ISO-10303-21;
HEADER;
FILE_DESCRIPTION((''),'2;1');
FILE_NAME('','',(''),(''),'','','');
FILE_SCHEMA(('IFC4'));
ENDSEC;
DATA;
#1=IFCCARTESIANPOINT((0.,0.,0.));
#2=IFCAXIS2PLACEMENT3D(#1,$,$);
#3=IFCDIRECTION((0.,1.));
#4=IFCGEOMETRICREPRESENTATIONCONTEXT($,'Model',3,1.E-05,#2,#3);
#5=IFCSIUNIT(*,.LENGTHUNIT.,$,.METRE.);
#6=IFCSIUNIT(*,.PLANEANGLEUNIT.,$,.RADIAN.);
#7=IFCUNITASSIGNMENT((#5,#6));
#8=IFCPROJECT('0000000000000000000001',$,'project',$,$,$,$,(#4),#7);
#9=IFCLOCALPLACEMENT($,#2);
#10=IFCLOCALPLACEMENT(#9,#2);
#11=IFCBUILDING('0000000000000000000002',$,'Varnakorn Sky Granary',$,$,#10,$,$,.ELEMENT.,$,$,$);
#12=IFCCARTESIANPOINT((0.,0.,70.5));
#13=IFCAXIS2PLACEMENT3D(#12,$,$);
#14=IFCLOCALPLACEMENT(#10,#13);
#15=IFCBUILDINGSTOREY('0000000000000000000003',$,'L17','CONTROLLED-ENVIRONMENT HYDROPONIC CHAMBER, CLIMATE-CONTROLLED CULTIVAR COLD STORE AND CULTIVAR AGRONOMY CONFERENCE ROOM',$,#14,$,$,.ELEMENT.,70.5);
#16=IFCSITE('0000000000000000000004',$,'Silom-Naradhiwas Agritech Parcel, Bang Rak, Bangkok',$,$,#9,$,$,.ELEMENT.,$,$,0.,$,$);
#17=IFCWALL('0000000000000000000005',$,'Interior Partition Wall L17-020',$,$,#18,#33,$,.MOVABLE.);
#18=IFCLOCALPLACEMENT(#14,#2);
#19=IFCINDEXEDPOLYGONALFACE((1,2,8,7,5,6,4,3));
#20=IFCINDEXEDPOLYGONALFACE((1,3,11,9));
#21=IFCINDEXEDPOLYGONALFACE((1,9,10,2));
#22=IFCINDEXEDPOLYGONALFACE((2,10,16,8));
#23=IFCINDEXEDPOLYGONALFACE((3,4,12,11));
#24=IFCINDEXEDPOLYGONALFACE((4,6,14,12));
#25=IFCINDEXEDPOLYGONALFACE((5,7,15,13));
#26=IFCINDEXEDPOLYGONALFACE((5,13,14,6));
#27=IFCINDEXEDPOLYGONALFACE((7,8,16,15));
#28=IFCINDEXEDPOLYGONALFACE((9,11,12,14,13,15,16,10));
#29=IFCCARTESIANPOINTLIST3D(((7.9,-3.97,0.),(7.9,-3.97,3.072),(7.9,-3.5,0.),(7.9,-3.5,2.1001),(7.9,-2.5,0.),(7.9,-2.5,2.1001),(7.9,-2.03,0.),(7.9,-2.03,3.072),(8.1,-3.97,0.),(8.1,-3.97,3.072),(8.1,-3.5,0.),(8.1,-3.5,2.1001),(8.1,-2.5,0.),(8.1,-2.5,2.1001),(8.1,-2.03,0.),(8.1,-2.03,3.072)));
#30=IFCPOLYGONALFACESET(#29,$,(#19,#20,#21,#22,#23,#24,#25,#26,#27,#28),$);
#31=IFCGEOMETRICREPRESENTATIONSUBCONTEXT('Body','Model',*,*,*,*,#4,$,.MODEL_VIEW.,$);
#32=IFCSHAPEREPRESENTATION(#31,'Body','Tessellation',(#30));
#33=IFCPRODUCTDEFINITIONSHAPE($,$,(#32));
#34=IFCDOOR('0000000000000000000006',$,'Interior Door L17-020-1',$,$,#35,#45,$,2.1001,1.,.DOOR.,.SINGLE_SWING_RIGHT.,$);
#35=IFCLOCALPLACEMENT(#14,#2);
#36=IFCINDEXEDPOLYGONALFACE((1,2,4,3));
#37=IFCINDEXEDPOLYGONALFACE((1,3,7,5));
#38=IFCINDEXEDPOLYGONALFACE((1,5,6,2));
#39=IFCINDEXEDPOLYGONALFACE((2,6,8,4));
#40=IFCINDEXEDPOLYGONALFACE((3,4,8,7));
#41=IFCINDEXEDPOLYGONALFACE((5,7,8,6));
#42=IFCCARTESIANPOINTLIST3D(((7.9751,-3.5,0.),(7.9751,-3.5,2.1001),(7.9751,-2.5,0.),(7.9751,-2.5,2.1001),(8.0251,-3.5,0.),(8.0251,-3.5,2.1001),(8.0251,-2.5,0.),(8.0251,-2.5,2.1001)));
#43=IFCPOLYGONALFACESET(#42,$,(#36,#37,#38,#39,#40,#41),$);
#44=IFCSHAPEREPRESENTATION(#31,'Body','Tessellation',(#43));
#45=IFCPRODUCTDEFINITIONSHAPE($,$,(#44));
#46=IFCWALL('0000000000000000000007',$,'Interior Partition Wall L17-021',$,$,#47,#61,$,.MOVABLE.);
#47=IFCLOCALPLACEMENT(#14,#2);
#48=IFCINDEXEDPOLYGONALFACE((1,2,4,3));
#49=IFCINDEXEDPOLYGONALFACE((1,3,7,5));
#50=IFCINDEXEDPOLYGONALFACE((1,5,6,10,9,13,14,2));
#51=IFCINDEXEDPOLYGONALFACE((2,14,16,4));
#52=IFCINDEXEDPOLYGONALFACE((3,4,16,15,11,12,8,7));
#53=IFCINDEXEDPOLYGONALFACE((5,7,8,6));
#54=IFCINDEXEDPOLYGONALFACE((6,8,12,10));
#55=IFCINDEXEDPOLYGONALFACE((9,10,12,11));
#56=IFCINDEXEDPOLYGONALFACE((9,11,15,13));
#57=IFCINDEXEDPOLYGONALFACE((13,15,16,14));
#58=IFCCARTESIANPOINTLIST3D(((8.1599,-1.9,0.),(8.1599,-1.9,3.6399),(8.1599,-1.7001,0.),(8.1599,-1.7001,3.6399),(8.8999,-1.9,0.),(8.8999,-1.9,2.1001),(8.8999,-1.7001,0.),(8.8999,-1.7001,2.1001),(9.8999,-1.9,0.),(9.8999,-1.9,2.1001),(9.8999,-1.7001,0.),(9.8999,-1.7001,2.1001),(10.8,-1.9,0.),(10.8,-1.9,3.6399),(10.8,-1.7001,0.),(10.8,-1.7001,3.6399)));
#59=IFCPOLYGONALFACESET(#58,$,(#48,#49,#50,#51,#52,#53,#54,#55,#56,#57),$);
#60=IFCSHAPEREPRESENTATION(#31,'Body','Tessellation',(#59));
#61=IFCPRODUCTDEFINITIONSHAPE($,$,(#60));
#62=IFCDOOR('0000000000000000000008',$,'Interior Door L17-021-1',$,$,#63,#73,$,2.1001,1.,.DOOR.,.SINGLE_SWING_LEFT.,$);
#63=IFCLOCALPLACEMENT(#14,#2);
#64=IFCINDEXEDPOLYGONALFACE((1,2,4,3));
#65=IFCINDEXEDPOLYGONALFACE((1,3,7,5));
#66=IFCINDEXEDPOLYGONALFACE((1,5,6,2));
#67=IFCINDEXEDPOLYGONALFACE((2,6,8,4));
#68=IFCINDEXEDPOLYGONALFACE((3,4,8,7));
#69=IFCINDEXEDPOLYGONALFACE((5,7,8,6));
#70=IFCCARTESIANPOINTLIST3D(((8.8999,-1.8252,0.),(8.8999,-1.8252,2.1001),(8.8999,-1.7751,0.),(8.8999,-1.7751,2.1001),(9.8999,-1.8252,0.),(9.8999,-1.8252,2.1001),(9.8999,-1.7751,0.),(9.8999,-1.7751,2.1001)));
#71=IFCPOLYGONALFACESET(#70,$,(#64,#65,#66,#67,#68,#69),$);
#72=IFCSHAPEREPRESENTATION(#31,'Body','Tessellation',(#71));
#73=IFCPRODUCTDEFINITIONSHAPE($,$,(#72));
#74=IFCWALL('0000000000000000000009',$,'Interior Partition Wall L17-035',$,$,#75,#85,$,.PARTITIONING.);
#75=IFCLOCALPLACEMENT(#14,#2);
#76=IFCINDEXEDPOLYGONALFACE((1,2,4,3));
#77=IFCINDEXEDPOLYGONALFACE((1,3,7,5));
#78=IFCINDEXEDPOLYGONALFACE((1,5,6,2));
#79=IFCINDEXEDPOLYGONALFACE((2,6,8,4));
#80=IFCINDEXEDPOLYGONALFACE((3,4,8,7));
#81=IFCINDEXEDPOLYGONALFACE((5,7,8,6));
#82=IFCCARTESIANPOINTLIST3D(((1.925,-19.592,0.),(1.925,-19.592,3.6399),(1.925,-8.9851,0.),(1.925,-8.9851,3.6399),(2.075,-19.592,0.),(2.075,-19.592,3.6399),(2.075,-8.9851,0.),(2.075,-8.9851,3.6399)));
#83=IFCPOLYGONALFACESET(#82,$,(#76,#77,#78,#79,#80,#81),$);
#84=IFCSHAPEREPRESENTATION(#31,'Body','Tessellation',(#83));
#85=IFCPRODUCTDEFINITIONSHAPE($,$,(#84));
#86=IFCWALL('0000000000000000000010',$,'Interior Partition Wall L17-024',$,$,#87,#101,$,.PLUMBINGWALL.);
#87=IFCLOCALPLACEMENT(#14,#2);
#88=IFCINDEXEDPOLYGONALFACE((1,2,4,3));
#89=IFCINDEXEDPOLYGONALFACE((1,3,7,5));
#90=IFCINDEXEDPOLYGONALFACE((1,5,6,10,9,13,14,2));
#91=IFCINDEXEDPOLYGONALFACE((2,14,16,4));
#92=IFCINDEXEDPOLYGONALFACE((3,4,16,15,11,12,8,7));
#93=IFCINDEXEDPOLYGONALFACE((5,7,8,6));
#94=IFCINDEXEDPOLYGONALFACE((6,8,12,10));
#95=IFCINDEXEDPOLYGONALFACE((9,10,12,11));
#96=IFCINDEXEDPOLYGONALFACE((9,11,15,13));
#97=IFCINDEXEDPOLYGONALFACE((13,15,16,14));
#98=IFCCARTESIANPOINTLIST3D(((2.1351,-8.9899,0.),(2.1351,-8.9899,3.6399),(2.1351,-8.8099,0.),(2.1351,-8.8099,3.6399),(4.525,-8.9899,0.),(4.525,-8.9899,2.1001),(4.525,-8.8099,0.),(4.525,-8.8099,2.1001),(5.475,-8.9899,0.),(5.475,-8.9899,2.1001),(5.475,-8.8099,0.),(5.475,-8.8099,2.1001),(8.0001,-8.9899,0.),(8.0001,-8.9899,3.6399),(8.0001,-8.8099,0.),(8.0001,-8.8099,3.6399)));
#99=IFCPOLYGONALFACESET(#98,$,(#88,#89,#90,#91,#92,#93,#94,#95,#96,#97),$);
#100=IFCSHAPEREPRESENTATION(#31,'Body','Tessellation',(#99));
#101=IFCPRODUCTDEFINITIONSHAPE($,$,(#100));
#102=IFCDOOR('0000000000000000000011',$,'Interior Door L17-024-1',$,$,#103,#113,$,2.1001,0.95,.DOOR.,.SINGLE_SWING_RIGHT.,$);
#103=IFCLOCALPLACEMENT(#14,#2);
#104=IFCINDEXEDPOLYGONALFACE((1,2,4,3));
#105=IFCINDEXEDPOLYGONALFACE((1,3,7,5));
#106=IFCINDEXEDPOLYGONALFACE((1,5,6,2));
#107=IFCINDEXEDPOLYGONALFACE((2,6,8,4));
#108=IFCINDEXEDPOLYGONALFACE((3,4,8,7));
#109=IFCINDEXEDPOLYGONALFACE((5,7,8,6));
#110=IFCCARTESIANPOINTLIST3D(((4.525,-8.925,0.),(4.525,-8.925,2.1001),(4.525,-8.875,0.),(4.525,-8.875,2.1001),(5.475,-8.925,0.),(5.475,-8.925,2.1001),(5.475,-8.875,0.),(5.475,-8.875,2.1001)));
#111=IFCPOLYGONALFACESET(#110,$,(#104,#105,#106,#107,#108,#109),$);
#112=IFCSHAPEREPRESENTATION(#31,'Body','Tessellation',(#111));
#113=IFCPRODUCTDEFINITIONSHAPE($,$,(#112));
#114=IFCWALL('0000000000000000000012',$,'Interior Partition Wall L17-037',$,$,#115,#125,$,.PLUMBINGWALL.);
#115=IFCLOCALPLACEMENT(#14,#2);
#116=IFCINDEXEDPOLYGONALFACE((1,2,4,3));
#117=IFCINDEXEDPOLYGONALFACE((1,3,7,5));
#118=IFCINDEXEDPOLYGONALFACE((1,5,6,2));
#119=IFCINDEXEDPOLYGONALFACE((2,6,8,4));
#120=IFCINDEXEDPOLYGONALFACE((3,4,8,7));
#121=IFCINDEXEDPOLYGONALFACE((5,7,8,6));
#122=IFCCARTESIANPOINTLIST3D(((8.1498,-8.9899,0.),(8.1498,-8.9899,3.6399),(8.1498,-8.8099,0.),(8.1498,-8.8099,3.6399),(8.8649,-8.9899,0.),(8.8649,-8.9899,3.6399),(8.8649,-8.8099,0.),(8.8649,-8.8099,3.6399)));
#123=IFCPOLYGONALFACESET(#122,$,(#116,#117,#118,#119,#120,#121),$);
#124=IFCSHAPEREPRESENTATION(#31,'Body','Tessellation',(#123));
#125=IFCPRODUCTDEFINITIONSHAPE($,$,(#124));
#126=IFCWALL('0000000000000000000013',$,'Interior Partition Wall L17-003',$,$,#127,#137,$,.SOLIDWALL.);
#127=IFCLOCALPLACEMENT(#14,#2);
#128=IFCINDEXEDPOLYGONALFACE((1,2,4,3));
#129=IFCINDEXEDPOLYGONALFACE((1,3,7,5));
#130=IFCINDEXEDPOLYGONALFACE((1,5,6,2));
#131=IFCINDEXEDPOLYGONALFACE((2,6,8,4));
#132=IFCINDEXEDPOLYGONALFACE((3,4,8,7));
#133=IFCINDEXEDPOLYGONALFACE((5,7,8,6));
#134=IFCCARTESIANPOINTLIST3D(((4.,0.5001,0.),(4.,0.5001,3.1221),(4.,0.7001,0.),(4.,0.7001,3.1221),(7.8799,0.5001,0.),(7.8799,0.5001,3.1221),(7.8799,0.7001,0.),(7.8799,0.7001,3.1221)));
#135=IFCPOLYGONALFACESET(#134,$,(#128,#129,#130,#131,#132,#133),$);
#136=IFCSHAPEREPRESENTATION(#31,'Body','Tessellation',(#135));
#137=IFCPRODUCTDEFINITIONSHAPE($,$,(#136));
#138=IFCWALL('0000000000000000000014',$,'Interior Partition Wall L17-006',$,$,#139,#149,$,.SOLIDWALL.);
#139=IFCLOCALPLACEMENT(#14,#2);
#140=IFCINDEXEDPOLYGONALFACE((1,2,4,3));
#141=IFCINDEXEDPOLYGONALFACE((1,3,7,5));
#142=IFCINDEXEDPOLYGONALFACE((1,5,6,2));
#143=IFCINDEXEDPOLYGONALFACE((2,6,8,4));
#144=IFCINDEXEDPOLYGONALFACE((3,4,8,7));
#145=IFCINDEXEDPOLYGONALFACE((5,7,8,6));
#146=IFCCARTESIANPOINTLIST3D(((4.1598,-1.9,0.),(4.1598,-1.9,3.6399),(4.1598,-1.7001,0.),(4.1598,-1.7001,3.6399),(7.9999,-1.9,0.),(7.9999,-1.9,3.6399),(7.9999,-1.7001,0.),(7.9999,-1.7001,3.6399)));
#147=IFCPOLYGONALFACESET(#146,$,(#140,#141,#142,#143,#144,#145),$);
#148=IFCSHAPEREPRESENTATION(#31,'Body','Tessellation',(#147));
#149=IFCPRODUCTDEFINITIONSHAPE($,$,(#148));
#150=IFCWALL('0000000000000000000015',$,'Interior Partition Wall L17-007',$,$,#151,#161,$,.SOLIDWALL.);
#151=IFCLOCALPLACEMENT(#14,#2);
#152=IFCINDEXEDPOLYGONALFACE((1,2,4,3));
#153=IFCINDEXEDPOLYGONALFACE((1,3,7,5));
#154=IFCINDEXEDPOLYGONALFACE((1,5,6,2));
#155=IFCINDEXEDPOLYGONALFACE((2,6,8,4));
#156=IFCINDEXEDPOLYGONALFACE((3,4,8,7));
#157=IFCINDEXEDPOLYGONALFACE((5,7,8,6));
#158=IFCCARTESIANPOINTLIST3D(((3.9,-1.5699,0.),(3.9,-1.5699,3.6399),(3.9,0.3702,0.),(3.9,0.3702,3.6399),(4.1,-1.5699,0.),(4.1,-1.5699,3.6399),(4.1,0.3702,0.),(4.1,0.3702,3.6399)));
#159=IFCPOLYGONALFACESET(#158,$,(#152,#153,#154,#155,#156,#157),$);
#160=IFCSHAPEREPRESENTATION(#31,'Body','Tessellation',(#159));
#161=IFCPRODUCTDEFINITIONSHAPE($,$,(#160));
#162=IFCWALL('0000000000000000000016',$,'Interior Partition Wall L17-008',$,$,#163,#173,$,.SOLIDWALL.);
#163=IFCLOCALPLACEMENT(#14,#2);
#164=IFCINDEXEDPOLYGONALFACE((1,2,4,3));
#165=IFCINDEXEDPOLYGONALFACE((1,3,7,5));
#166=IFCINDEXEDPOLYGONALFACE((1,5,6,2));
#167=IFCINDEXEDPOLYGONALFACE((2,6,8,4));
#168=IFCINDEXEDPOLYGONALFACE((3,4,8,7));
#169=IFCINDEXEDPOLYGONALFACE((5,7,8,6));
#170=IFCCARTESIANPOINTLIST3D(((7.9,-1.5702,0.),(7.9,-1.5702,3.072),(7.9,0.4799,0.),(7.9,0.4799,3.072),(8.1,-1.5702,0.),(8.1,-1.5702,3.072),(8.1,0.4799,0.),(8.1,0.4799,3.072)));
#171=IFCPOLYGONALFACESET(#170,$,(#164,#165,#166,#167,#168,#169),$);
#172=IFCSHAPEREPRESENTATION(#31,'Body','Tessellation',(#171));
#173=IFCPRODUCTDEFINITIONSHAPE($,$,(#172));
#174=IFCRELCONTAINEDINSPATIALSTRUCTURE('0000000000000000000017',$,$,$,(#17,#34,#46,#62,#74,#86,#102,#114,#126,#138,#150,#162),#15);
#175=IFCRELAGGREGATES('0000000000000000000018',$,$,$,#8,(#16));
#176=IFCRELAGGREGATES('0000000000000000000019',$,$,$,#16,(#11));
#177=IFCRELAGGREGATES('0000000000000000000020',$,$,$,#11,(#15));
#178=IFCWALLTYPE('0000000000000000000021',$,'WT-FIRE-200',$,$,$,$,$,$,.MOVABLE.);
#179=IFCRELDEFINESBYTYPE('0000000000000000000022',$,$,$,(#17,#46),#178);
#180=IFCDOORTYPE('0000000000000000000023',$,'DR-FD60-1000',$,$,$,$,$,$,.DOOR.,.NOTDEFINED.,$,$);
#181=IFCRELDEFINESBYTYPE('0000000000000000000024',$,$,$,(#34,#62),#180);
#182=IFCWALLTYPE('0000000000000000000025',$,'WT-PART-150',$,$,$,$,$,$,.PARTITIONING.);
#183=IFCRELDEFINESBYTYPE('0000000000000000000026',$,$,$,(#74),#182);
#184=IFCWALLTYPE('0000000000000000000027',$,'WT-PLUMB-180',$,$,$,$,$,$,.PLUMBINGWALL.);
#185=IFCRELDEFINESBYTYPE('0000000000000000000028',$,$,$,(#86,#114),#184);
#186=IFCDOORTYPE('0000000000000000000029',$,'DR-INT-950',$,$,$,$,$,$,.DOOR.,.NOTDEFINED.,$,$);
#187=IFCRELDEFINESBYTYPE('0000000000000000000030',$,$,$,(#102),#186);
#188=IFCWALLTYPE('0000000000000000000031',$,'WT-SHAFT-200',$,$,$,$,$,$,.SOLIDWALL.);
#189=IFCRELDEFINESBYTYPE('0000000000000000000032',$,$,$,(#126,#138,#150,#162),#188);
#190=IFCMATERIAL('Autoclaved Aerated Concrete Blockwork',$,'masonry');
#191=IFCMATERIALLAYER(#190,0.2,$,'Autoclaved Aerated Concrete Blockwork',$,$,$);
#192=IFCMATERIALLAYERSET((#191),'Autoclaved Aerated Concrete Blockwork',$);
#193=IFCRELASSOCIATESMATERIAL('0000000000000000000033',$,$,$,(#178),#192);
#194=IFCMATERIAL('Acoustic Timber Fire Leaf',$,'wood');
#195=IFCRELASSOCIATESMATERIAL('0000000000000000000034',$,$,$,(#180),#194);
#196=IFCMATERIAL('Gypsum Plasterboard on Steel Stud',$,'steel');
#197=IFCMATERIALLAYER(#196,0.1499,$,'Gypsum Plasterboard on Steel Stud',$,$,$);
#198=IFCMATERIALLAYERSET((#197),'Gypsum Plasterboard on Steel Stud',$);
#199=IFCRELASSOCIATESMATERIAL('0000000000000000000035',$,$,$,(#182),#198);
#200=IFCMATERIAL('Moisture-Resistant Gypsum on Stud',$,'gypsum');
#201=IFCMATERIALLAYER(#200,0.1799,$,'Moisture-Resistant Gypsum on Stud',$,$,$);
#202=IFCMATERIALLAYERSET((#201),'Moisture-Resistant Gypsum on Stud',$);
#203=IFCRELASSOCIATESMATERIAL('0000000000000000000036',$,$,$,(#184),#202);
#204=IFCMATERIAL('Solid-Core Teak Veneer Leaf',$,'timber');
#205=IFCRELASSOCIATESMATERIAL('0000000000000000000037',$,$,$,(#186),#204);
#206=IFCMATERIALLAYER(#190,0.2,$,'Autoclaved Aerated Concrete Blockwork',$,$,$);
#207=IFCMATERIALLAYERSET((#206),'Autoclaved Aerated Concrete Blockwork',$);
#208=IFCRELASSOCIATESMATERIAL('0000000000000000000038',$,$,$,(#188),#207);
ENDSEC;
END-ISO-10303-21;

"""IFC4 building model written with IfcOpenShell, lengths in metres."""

from ifc_helpers import new_model, si_unit, direction, frame, frame_2d, origin, place, context, subcontext, project, spatial, rectangle, extrude, material, layer, layer_set, type_object, element, fill, save


model = new_model("IFC4")

# Units and contexts
model_context = context("Model", 3, precision=1e-05, world=origin(), true_north=direction((0.0, 1.0)))
body_context = subcontext(model_context, "Body", "Model", "MODEL_VIEW")
ifc_project = project(units=[si_unit("LENGTHUNIT", "METRE"), si_unit("PLANEANGLEUNIT", "RADIAN")], contexts=[model_context])

# Site, building, storey
site_placement = place(None, origin())
site = spatial("IfcSite", under=ifc_project, at=site_placement, Name="Silom-Naradhiwas Agritech Parcel, Bang Rak, Bangkok", CompositionType="ELEMENT", RefElevation=0.0)
building_placement = place(site_placement, origin())
building = spatial("IfcBuilding", under=site, at=building_placement, Name="Varnakorn Sky Granary", CompositionType="ELEMENT")
storey_placement = place(building_placement, frame((0.0, 0.0, 70.5)))
storey = spatial("IfcBuildingStorey", under=building, at=storey_placement, Name="L17", Description="CONTROLLED-ENVIRONMENT HYDROPONIC CHAMBER, CLIMATE-CONTROLLED CULTIVAR COLD STORE AND CULTIVAR AGRONOMY CONFERENCE ROOM", CompositionType="ELEMENT", Elevation=70.5)

# Walls, openings, doors
ifc_material_1 = material(Name="Autoclaved Aerated Concrete Blockwork", Category="masonry")
ifc_layer_1 = layer(ifc_material_1, 0.2, Name="Autoclaved Aerated Concrete Blockwork")
ifc_layer_set_1 = layer_set([ifc_layer_1], Name="Autoclaved Aerated Concrete Blockwork")
wall_type_1 = type_object("IfcWallType", Name="WT-FIRE-200", PredefinedType="MOVABLE", material=ifc_layer_set_1)
ifc_material_2 = material(Name="Acoustic Timber Fire Leaf", Category="wood")
door_type_1 = type_object("IfcDoorType", Name="DR-FD60-1000", OperationType="NOTDEFINED", PredefinedType="DOOR", material=ifc_material_2)
wall_1_placement = place(storey_placement, frame((8.0, -3.97, 0.0), z_axis=(0.0, 0.0, 1.0), x_axis=(0.0, 1.0, 0.0)))
wall_1 = element("IfcWall", 1, at=wall_1_placement, inside=storey, type_object=wall_type_1, Name="Interior Partition Wall L17-020", PredefinedType="MOVABLE", context=body_context, shape_type="SweptSolid", body=[
    extrude(rectangle(XDim=1.9399, YDim=0.2, at=frame_2d((0.97, 0.0))), origin(), (0.0, 0.0, 1.0), 3.072),
])
opening_1_placement = place(wall_1_placement, frame((0.47, 0.0, 0.0)))
opening_1 = element("IfcOpeningElement", 2, at=opening_1_placement, cuts=wall_1, PredefinedType="OPENING", context=body_context, shape_type="SweptSolid", body=[
    extrude(rectangle(XDim=1.0, YDim=2.1001, at=frame_2d((0.5, 1.05))), frame((0.0, 0.1099, 0.0), z_axis=(0.0, -1.0, 0.0), x_axis=(1.0, 0.0, 0.0)), (0.0, 0.0, 1.0), 0.22),
])
door_1_placement = place(opening_1_placement, origin())
door_1 = element("IfcDoor", 3, at=door_1_placement, inside=storey, type_object=door_type_1, Name="Interior Door L17-020-1", OperationType="SINGLE_SWING_RIGHT", OverallHeight=2.1001, OverallWidth=1.0, PredefinedType="DOOR", context=body_context, shape_type="SweptSolid", body=[
    extrude(rectangle(XDim=1.0, YDim=2.1001, at=frame_2d((0.5, 1.05))), frame((0.0, 0.0249, 0.0), z_axis=(0.0, -1.0, 0.0), x_axis=(1.0, 0.0, 0.0)), (0.0, 0.0, 1.0), 0.05),
])
fill(opening_1, door_1)
wall_2_placement = place(storey_placement, frame((8.1599, -1.8, 0.0), z_axis=(0.0, 0.0, 1.0), x_axis=(1.0, 0.0, 0.0)))
wall_2 = element("IfcWall", 4, at=wall_2_placement, inside=storey, type_object=wall_type_1, Name="Interior Partition Wall L17-021", PredefinedType="MOVABLE", context=body_context, shape_type="SweptSolid", body=[
    extrude(rectangle(XDim=2.6401, YDim=0.2, at=frame_2d((1.3201, 0.0))), origin(), (0.0, 0.0, 1.0), 3.6399),
])
opening_2_placement = place(wall_2_placement, frame((0.74, 0.0, 0.0)))
opening_2 = element("IfcOpeningElement", 5, at=opening_2_placement, cuts=wall_2, PredefinedType="OPENING", context=body_context, shape_type="SweptSolid", body=[
    extrude(rectangle(XDim=1.0, YDim=2.1001, at=frame_2d((0.5, 1.05))), frame((0.0, 0.1099, 0.0), z_axis=(0.0, -1.0, 0.0), x_axis=(1.0, 0.0, 0.0)), (0.0, 0.0, 1.0), 0.22),
])
door_2_placement = place(opening_2_placement, origin())
door_2 = element("IfcDoor", 6, at=door_2_placement, inside=storey, type_object=door_type_1, Name="Interior Door L17-021-1", OperationType="SINGLE_SWING_LEFT", OverallHeight=2.1001, OverallWidth=1.0, PredefinedType="DOOR", context=body_context, shape_type="SweptSolid", body=[
    extrude(rectangle(XDim=1.0, YDim=2.1001, at=frame_2d((0.5, 1.05))), frame((0.0, 0.0249, 0.0), z_axis=(0.0, -1.0, 0.0), x_axis=(1.0, 0.0, 0.0)), (0.0, 0.0, 1.0), 0.05),
])
fill(opening_2, door_2)

# Wall
ifc_material_3 = material(Name="Gypsum Plasterboard on Steel Stud", Category="steel")
ifc_layer_2 = layer(ifc_material_3, 0.1499, Name="Gypsum Plasterboard on Steel Stud")
ifc_layer_set_2 = layer_set([ifc_layer_2], Name="Gypsum Plasterboard on Steel Stud")
wall_type_2 = type_object("IfcWallType", Name="WT-PART-150", PredefinedType="PARTITIONING", material=ifc_layer_set_2)
wall_3_placement = place(storey_placement, frame((2.0, -8.9851, 0.0), z_axis=(0.0, 0.0, 1.0), x_axis=(0.0, -1.0, 0.0)))
element("IfcWall", 7, at=wall_3_placement, inside=storey, type_object=wall_type_2, Name="Interior Partition Wall L17-035", PredefinedType="PARTITIONING", context=body_context, shape_type="SweptSolid", body=[
    extrude(rectangle(XDim=10.6069, YDim=0.1499, at=frame_2d((5.3035, 0.0))), origin(), (0.0, 0.0, 1.0), 3.6399),
])

# Wall, opening, door
ifc_material_4 = material(Name="Moisture-Resistant Gypsum on Stud", Category="gypsum")
ifc_layer_3 = layer(ifc_material_4, 0.1799, Name="Moisture-Resistant Gypsum on Stud")
ifc_layer_set_3 = layer_set([ifc_layer_3], Name="Moisture-Resistant Gypsum on Stud")
wall_type_3 = type_object("IfcWallType", Name="WT-PLUMB-180", PredefinedType="PLUMBINGWALL", material=ifc_layer_set_3)
wall_4_placement = place(storey_placement, frame((2.135, -8.8999, 0.0), z_axis=(0.0, 0.0, 1.0), x_axis=(1.0, 0.0, 0.0)))
wall_4 = element("IfcWall", 8, at=wall_4_placement, inside=storey, type_object=wall_type_3, Name="Interior Partition Wall L17-024", PredefinedType="PLUMBINGWALL", context=body_context, shape_type="SweptSolid", body=[
    extrude(rectangle(XDim=5.865, YDim=0.1799, at=frame_2d((2.9326, 0.0))), origin(), (0.0, 0.0, 1.0), 3.6399),
])
opening_3_placement = place(wall_4_placement, frame((2.3899, 0.0, 0.0)))
opening_3 = element("IfcOpeningElement", 9, at=opening_3_placement, cuts=wall_4, PredefinedType="OPENING", context=body_context, shape_type="SweptSolid", body=[
    extrude(rectangle(XDim=0.95, YDim=2.1001, at=frame_2d((0.4751, 1.05))), frame((0.0, 0.1001, 0.0), z_axis=(0.0, -1.0, 0.0), x_axis=(1.0, 0.0, 0.0)), (0.0, 0.0, 1.0), 0.2),
])
ifc_material_5 = material(Name="Solid-Core Teak Veneer Leaf", Category="timber")
door_type_2 = type_object("IfcDoorType", Name="DR-INT-950", OperationType="NOTDEFINED", PredefinedType="DOOR", material=ifc_material_5)
door_3_placement = place(opening_3_placement, origin())
door_3 = element("IfcDoor", 10, at=door_3_placement, inside=storey, type_object=door_type_2, Name="Interior Door L17-024-1", OperationType="SINGLE_SWING_RIGHT", OverallHeight=2.1001, OverallWidth=0.95, PredefinedType="DOOR", context=body_context, shape_type="SweptSolid", body=[
    extrude(rectangle(XDim=0.95, YDim=2.1001, at=frame_2d((0.4751, 1.05))), frame((0.0, 0.0249, 0.0), z_axis=(0.0, -1.0, 0.0), x_axis=(1.0, 0.0, 0.0)), (0.0, 0.0, 1.0), 0.05),
])
fill(opening_3, door_3)

# Walls
wall_5_placement = place(storey_placement, frame((8.1499, -8.8999, 0.0), z_axis=(0.0, 0.0, 1.0), x_axis=(1.0, 0.0, 0.0)))
element("IfcWall", 11, at=wall_5_placement, inside=storey, type_object=wall_type_3, Name="Interior Partition Wall L17-037", PredefinedType="PLUMBINGWALL", context=body_context, shape_type="SweptSolid", body=[
    extrude(rectangle(XDim=0.7151, YDim=0.1799, at=frame_2d((0.3574, 0.0))), origin(), (0.0, 0.0, 1.0), 3.6399),
])
ifc_layer_4 = layer(ifc_material_1, 0.2, Name="Autoclaved Aerated Concrete Blockwork")
ifc_layer_set_4 = layer_set([ifc_layer_4], Name="Autoclaved Aerated Concrete Blockwork")
wall_type_4 = type_object("IfcWallType", Name="WT-SHAFT-200", PredefinedType="SOLIDWALL", material=ifc_layer_set_4)
wall_6_placement = place(storey_placement, frame((4.0, 0.6001, 0.0), z_axis=(0.0, 0.0, 1.0), x_axis=(1.0, 0.0, 0.0)))
element("IfcWall", 12, at=wall_6_placement, inside=storey, type_object=wall_type_4, Name="Interior Partition Wall L17-003", PredefinedType="SOLIDWALL", context=body_context, shape_type="SweptSolid", body=[
    extrude(rectangle(XDim=3.8799, YDim=0.2, at=frame_2d((1.9399, 0.0))), origin(), (0.0, 0.0, 1.0), 3.1221),
])
wall_7_placement = place(storey_placement, frame((4.1599, -1.8, 0.0), z_axis=(0.0, 0.0, 1.0), x_axis=(1.0, 0.0, 0.0)))
element("IfcWall", 13, at=wall_7_placement, inside=storey, type_object=wall_type_4, Name="Interior Partition Wall L17-006", PredefinedType="SOLIDWALL", context=body_context, shape_type="SweptSolid", body=[
    extrude(rectangle(XDim=3.8401, YDim=0.2, at=frame_2d((1.9199, 0.0))), origin(), (0.0, 0.0, 1.0), 3.6399),
])
wall_8_placement = place(storey_placement, frame((4.0, -1.5701, 0.0), z_axis=(0.0, 0.0, 1.0), x_axis=(0.0, 1.0, 0.0)))
element("IfcWall", 14, at=wall_8_placement, inside=storey, type_object=wall_type_4, Name="Interior Partition Wall L17-007", PredefinedType="SOLIDWALL", context=body_context, shape_type="SweptSolid", body=[
    extrude(rectangle(XDim=1.9402, YDim=0.2, at=frame_2d((0.9702, 0.0))), origin(), (0.0, 0.0, 1.0), 3.6399),
])
wall_9_placement = place(storey_placement, frame((8.0, -1.5701, 0.0), z_axis=(0.0, 0.0, 1.0), x_axis=(0.0, 1.0, 0.0)))
element("IfcWall", 15, at=wall_9_placement, inside=storey, type_object=wall_type_4, Name="Interior Partition Wall L17-008", PredefinedType="SOLIDWALL", context=body_context, shape_type="SweptSolid", body=[
    extrude(rectangle(XDim=2.05, YDim=0.2, at=frame_2d((1.0249, 0.0))), origin(), (0.0, 0.0, 1.0), 3.072),
])

save(model, "model.ifc")
